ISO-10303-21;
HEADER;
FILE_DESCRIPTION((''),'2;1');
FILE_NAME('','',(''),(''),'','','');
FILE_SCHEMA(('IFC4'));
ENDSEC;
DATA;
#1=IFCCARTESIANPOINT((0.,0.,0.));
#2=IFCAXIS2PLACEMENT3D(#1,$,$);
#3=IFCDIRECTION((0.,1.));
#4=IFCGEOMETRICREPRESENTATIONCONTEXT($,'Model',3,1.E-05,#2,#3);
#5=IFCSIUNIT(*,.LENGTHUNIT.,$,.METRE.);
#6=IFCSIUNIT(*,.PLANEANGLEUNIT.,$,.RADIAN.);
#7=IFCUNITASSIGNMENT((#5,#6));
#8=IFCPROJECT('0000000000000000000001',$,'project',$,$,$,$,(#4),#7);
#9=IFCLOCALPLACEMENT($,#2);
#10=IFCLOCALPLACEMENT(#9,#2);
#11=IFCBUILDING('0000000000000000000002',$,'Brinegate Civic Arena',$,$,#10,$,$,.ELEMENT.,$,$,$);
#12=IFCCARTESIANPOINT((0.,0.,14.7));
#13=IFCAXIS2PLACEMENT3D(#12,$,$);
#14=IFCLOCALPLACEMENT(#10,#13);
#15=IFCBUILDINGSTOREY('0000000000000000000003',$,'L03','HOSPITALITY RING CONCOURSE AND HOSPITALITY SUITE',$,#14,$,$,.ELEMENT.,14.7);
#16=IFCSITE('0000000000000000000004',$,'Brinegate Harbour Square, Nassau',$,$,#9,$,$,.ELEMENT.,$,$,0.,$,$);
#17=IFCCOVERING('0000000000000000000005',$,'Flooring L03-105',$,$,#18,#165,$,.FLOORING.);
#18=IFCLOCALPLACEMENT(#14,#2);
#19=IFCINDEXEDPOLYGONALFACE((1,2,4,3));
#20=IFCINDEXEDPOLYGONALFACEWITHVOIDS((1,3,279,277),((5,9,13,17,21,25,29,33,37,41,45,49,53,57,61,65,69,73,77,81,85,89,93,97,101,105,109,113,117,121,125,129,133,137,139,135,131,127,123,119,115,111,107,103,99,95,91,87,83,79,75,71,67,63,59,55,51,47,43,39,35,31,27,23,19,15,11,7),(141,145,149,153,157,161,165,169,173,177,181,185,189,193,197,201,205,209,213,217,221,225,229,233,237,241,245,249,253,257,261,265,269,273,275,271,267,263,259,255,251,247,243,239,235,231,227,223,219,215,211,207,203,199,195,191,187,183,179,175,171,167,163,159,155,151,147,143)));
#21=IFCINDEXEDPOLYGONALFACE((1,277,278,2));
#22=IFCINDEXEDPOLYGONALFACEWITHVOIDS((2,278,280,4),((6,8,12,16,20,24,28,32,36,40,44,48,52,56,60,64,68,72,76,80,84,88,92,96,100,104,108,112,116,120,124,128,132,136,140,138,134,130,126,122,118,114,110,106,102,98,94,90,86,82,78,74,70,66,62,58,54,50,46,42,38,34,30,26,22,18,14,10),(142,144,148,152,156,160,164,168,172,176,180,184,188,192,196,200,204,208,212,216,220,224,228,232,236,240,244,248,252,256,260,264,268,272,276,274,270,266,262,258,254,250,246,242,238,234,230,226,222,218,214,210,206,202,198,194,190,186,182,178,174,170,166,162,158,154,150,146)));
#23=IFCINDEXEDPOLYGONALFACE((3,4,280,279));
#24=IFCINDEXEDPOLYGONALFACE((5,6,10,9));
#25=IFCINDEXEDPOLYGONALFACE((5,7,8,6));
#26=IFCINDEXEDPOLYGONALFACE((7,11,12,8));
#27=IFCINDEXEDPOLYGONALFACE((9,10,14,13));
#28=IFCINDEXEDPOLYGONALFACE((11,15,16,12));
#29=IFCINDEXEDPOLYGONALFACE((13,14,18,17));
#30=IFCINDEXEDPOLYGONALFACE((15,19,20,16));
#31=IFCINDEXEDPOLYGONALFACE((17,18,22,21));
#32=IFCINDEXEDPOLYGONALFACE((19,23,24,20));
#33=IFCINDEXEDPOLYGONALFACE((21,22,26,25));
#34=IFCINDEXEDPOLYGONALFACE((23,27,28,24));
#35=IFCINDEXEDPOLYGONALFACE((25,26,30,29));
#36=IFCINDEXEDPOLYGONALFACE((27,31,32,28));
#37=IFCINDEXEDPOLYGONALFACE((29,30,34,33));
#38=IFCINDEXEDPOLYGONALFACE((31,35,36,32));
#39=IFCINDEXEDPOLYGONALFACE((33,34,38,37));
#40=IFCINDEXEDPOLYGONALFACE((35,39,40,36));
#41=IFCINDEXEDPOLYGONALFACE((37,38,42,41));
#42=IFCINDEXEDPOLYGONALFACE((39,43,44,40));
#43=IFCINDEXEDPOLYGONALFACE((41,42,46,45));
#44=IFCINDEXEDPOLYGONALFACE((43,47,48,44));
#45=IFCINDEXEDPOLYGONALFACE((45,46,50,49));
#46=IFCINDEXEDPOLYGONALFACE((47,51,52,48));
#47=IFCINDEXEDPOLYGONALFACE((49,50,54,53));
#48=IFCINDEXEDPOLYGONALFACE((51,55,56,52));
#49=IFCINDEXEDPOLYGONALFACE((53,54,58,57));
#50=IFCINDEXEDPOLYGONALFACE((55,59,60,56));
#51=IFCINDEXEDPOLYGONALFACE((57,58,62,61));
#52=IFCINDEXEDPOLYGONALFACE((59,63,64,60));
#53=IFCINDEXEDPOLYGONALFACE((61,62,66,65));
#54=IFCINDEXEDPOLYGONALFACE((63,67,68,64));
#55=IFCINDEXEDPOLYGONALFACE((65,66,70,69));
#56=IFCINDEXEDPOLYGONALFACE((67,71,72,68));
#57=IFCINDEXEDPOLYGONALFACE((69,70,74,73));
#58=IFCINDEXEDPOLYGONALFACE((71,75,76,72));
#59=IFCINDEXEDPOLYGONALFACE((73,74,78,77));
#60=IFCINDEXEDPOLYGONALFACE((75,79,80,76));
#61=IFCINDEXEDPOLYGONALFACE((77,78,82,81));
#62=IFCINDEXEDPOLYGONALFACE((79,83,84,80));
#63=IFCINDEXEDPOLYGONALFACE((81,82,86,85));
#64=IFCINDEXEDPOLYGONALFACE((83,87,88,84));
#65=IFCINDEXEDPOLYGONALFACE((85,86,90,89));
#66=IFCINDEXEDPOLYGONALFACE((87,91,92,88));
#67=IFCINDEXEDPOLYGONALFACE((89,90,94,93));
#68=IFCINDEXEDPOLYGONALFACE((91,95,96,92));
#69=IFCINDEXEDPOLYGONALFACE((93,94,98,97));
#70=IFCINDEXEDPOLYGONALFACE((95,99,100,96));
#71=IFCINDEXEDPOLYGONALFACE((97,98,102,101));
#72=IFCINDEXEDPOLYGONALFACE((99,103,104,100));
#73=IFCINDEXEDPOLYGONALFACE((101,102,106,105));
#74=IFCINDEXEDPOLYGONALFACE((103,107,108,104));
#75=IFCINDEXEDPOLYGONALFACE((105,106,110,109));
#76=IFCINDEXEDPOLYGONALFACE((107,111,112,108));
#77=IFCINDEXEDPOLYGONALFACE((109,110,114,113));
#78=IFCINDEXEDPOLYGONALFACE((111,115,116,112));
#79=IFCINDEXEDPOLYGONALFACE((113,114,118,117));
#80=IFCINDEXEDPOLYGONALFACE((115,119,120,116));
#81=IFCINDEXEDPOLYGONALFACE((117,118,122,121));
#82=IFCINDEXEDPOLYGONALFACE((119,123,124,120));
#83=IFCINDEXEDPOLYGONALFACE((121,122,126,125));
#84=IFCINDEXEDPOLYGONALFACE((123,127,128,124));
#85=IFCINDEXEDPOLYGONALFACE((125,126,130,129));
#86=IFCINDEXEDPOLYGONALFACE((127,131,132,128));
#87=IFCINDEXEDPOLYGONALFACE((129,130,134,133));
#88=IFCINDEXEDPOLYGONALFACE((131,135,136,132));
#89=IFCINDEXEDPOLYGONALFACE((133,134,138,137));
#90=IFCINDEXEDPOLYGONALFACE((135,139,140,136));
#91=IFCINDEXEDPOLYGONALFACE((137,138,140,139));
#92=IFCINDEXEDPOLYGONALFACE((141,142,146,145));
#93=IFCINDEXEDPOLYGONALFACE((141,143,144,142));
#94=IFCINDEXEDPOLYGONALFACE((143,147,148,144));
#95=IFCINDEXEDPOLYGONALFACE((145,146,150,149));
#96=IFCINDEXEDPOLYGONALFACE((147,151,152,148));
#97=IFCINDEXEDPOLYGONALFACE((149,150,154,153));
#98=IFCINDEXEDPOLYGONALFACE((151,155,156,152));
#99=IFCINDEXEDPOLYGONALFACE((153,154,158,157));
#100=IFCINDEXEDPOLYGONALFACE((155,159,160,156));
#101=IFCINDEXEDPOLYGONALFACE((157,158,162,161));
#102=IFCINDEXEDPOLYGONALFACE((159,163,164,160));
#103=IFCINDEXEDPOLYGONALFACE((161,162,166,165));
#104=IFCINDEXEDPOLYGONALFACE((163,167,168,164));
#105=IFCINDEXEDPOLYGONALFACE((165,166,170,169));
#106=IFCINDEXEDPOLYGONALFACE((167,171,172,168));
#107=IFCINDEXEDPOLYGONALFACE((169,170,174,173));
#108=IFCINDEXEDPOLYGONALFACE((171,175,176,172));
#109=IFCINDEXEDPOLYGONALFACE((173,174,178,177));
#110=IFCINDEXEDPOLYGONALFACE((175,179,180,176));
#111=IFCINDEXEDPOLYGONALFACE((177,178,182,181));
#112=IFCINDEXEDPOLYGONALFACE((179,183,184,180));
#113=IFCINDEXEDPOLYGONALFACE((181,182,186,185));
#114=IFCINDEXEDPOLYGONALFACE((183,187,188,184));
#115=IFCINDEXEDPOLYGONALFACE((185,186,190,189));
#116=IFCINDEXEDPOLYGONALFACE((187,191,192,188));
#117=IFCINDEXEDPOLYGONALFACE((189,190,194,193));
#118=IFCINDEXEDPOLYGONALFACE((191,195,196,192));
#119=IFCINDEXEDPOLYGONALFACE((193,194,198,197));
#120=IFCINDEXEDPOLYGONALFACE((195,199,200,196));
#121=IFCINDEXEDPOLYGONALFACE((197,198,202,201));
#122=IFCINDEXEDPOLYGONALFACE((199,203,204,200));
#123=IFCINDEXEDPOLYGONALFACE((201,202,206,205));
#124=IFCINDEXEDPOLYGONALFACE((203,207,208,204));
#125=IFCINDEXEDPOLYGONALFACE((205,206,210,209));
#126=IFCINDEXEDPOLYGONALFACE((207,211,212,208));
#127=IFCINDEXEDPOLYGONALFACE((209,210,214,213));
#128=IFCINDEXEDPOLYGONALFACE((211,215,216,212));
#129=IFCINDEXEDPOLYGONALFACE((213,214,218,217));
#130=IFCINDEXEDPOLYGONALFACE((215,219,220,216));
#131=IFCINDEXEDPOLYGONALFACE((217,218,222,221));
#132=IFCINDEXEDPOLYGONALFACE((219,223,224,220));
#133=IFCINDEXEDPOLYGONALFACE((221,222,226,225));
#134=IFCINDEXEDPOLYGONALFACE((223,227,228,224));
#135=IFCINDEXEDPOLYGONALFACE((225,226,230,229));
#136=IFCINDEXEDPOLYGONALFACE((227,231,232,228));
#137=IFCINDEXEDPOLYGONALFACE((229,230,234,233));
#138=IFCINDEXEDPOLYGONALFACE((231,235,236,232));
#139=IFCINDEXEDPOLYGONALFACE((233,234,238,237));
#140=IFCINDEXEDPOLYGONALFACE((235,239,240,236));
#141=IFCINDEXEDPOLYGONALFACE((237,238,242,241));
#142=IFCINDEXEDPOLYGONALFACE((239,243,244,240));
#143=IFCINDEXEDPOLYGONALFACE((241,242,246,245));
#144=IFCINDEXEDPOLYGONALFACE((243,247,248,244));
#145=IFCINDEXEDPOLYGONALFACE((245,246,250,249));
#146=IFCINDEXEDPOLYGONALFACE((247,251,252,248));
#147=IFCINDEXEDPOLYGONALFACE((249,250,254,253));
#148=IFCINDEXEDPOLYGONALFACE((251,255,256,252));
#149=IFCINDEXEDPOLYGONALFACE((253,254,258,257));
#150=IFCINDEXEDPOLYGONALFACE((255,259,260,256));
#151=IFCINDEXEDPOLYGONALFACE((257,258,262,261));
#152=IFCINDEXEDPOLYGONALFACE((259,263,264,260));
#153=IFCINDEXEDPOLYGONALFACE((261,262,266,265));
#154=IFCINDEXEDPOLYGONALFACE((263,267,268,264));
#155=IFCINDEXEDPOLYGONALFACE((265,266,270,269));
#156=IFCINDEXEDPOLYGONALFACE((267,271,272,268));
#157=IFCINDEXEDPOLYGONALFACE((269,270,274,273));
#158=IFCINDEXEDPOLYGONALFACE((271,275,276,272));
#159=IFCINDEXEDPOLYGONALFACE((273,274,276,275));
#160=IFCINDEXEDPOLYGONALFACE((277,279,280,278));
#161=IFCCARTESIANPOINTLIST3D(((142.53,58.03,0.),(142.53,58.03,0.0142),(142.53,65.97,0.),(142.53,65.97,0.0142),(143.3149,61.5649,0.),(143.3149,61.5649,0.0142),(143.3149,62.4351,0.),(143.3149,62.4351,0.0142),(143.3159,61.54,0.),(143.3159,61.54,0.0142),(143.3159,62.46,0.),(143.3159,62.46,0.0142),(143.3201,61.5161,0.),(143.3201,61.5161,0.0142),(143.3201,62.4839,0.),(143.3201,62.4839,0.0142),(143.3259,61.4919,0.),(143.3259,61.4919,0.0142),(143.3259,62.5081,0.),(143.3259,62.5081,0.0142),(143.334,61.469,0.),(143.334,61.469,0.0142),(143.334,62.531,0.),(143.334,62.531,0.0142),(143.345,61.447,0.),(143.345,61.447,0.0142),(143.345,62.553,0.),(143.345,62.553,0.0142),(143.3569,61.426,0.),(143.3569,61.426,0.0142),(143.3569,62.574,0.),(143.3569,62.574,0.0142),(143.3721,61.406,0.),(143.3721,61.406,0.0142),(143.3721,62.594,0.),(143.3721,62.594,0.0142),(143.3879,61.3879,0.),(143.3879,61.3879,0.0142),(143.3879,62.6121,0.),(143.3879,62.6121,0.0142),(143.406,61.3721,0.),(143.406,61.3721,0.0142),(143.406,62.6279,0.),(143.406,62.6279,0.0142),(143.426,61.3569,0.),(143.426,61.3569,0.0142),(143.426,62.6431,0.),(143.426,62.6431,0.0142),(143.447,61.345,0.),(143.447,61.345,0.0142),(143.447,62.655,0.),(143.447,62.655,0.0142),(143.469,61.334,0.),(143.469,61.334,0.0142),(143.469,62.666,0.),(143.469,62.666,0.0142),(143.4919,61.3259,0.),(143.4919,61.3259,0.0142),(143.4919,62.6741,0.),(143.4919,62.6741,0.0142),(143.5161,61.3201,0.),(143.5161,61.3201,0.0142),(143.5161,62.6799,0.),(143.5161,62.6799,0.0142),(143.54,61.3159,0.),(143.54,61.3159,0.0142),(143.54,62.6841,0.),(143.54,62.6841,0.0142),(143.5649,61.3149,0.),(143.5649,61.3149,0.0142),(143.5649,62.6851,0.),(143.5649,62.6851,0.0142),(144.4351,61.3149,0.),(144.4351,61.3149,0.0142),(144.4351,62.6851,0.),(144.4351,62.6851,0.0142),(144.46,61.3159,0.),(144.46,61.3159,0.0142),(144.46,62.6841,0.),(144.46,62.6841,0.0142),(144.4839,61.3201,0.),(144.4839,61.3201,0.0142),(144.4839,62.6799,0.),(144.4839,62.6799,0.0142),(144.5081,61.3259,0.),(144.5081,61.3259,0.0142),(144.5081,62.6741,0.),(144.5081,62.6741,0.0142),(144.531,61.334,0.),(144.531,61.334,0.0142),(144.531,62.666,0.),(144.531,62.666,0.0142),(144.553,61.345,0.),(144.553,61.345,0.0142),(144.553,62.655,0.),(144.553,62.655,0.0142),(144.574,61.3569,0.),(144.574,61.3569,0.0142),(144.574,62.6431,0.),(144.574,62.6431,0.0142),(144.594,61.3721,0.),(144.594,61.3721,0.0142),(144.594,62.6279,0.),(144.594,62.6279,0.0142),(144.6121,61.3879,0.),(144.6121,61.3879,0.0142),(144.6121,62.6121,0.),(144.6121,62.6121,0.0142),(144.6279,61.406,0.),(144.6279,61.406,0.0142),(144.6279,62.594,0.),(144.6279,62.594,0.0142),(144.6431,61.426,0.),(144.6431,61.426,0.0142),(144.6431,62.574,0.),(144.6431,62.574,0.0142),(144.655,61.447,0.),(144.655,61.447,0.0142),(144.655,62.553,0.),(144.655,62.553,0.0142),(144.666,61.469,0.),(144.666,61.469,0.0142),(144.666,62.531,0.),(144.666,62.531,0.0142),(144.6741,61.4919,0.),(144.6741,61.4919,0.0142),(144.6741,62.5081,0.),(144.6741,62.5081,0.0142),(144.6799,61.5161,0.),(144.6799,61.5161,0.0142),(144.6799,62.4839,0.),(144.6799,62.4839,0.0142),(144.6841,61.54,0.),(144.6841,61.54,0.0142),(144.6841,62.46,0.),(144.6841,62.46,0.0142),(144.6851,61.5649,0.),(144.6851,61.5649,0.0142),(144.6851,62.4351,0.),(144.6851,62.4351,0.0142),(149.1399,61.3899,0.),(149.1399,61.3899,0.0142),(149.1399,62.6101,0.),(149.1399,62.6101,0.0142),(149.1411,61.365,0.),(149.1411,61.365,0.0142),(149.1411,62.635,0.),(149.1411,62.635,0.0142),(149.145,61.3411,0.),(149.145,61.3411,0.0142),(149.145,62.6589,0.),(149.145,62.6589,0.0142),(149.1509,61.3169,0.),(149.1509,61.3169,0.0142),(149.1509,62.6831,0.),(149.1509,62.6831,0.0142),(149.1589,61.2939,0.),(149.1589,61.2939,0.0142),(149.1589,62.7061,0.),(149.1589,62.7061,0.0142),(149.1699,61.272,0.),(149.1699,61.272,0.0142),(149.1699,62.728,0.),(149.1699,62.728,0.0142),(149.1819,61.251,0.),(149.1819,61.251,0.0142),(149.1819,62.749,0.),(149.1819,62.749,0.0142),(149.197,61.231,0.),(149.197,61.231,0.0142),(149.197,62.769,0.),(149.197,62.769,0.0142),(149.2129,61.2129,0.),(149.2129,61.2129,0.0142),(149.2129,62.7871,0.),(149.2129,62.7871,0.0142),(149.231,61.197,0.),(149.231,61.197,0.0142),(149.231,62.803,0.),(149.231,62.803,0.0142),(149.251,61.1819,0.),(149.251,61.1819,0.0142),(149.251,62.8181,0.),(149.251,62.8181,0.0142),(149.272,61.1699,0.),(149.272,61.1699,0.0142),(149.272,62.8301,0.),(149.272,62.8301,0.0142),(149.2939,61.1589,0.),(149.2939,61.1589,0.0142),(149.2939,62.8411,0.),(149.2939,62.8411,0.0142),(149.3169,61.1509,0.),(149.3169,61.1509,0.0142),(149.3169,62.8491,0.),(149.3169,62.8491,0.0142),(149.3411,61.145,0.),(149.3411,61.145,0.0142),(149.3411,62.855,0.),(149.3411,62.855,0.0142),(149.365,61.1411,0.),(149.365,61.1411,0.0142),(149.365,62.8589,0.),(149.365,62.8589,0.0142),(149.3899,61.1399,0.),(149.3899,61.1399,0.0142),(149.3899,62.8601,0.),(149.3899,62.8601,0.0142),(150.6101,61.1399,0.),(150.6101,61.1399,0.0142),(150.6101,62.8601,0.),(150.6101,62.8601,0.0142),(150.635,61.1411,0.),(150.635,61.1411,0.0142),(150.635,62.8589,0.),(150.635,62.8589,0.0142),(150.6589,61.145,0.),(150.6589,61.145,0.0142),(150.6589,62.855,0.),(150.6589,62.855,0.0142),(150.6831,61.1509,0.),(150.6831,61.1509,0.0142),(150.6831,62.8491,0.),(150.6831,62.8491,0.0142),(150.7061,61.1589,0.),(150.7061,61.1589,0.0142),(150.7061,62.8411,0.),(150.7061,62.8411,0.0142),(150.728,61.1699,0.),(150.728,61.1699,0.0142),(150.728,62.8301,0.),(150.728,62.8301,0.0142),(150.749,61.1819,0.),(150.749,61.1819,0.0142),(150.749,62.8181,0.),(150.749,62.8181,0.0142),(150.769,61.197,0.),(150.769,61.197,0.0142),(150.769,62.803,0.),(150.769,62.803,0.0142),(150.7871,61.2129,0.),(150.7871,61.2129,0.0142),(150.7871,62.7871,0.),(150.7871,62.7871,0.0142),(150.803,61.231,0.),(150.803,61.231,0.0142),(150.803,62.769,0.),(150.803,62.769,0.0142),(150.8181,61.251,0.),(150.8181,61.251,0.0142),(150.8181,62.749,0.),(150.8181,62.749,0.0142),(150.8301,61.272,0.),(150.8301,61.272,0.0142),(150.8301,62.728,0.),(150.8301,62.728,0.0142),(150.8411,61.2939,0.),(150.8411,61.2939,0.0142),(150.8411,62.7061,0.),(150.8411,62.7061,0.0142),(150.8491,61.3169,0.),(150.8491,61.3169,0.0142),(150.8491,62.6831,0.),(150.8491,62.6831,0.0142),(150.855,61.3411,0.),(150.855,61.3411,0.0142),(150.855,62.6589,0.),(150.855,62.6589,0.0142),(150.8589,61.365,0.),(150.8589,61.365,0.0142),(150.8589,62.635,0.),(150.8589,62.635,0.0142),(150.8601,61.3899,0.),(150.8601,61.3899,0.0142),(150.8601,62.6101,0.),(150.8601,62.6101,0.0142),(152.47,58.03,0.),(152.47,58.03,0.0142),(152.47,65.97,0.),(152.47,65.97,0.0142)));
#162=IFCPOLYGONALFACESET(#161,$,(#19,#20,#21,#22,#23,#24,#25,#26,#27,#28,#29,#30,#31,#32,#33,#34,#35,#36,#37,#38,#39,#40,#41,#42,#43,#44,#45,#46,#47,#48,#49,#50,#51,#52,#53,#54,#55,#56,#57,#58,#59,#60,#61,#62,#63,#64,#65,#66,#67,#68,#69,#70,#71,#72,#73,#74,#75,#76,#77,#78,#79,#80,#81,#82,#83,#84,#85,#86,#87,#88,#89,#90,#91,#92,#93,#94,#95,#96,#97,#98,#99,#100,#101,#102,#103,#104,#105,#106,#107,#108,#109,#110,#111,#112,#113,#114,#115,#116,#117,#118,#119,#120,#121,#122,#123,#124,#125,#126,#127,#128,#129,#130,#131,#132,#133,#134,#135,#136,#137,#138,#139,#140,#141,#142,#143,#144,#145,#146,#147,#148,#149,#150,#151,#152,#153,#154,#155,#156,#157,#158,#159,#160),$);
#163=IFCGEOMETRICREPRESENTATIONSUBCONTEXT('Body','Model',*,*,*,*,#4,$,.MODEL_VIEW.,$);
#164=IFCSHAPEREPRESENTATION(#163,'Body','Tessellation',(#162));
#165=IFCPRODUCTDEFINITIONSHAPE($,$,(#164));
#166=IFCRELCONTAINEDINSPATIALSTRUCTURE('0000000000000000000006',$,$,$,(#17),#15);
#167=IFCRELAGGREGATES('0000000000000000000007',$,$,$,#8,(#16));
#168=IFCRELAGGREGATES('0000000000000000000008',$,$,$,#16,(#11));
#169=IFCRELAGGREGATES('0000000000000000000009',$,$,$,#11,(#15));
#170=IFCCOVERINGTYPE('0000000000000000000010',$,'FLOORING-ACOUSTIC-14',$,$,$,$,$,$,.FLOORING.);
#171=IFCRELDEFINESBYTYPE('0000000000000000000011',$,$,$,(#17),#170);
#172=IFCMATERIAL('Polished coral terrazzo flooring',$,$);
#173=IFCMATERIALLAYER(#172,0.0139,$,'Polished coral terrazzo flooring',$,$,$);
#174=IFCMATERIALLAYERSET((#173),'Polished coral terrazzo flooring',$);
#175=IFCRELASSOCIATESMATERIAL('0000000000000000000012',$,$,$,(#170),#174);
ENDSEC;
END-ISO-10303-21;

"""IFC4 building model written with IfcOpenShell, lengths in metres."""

from ifc_helpers import new_model, si_unit, direction, frame, origin, place, context, subcontext, project, spatial, polyline, outline, extrude, material, layer, layer_set, type_object, element, save


model = new_model("IFC4")

# Units and contexts
model_context = context("Model", 3, precision=1e-05, world=origin(), true_north=direction((0.0, 1.0)))
body_context = subcontext(model_context, "Body", "Model", "MODEL_VIEW")
ifc_project = project(units=[si_unit("LENGTHUNIT", "METRE"), si_unit("PLANEANGLEUNIT", "RADIAN")], contexts=[model_context])

# Site, building, storey
site_placement = place(None, origin())
site = spatial("IfcSite", under=ifc_project, at=site_placement, Name="Brinegate Harbour Square, Nassau", CompositionType="ELEMENT", RefElevation=0.0)
building_placement = place(site_placement, origin())
building = spatial("IfcBuilding", under=site, at=building_placement, Name="Brinegate Civic Arena", CompositionType="ELEMENT")
storey_placement = place(building_placement, frame((0.0, 0.0, 14.7)))
storey = spatial("IfcBuildingStorey", under=building, at=storey_placement, Name="L03", Description="HOSPITALITY RING CONCOURSE AND HOSPITALITY SUITE", CompositionType="ELEMENT", Elevation=14.7)

# Covering
ifc_material_1 = material(Name="Polished coral terrazzo flooring")
ifc_layer_1 = layer(ifc_material_1, 0.0139, Name="Polished coral terrazzo flooring")
ifc_layer_set_1 = layer_set([ifc_layer_1], Name="Polished coral terrazzo flooring")
covering_type_1 = type_object("IfcCoveringType", Name="FLOORING-ACOUSTIC-14", PredefinedType="FLOORING", material=ifc_layer_set_1)
covering_1_placement = place(storey_placement, origin())
element("IfcCovering", 1, at=covering_1_placement, inside=storey, type_object=covering_type_1, Name="Flooring L03-105", PredefinedType="FLOORING", context=body_context, shape_type="SweptSolid", body=[
    extrude(outline(polyline([(142.53, 58.03), (142.53, 65.97), (152.47, 65.97), (152.47, 58.03), (142.53, 58.03)]), holes=[polyline([(149.3899, 62.8601), (149.365, 62.8589), (149.3411, 62.855), (149.3169, 62.8491), (149.2939, 62.8411), (149.272, 62.8301), (149.251, 62.8181), (149.231, 62.803), (149.2129, 62.7871), (149.197, 62.769), (149.1819, 62.749), (149.1699, 62.728), (149.1589, 62.7061), (149.1509, 62.6831), (149.145, 62.6589), (149.1411, 62.635), (149.1399, 62.6101), (149.1399, 61.3899), (149.1411, 61.365), (149.145, 61.3411), (149.1509, 61.3169), (149.1589, 61.2939), (149.1699, 61.272), (149.1819, 61.251), (149.197, 61.231), (149.2129, 61.2129), (149.231, 61.197), (149.251, 61.1819), (149.272, 61.1699), (149.2939, 61.1589), (149.3169, 61.1509), (149.3411, 61.145), (149.365, 61.1411), (149.3899, 61.1399), (150.6101, 61.1399), (150.635, 61.1411), (150.6589, 61.145), (150.6831, 61.1509), (150.7061, 61.1589), (150.728, 61.1699), (150.749, 61.1819), (150.769, 61.197), (150.7871, 61.2129), (150.803, 61.231), (150.8181, 61.251), (150.8301, 61.272), (150.8411, 61.2939), (150.8491, 61.3169), (150.855, 61.3411), (150.8589, 61.365), (150.8601, 61.3899), (150.8601, 62.6101), (150.8589, 62.635), (150.855, 62.6589), (150.8491, 62.6831), (150.8411, 62.7061), (150.8301, 62.728), (150.8181, 62.749), (150.803, 62.769), (150.7871, 62.7871), (150.769, 62.803), (150.749, 62.8181), (150.728, 62.8301), (150.7061, 62.8411), (150.6831, 62.8491), (150.6589, 62.855), (150.635, 62.8589), (150.6101, 62.8601), (149.3899, 62.8601)]), polyline([(143.5649, 62.6851), (143.54, 62.6841), (143.5161, 62.6799), (143.4919, 62.6741), (143.469, 62.666), (143.447, 62.655), (143.426, 62.6431), (143.406, 62.6279), (143.3879, 62.6121), (143.3721, 62.594), (143.3569, 62.574), (143.345, 62.553), (143.334, 62.531), (143.3259, 62.5081), (143.3201, 62.4839), (143.3159, 62.46), (143.3149, 62.4351), (143.3149, 61.5649), (143.3159, 61.54), (143.3201, 61.5161), (143.3259, 61.4919), (143.334, 61.469), (143.345, 61.447), (143.3569, 61.426), (143.3721, 61.406), (143.3879, 61.3879), (143.406, 61.3721), (143.426, 61.3569), (143.447, 61.345), (143.469, 61.334), (143.4919, 61.3259), (143.5161, 61.3201), (143.54, 61.3159), (143.5649, 61.3149), (144.4351, 61.3149), (144.46, 61.3159), (144.4839, 61.3201), (144.5081, 61.3259), (144.531, 61.334), (144.553, 61.345), (144.574, 61.3569), (144.594, 61.3721), (144.6121, 61.3879), (144.6279, 61.406), (144.6431, 61.426), (144.655, 61.447), (144.666, 61.469), (144.6741, 61.4919), (144.6799, 61.5161), (144.6841, 61.54), (144.6851, 61.5649), (144.6851, 62.4351), (144.6841, 62.46), (144.6799, 62.4839), (144.6741, 62.5081), (144.666, 62.531), (144.655, 62.553), (144.6431, 62.574), (144.6279, 62.594), (144.6121, 62.6121), (144.594, 62.6279), (144.574, 62.6431), (144.553, 62.655), (144.531, 62.666), (144.5081, 62.6741), (144.4839, 62.6799), (144.46, 62.6841), (144.4351, 62.6851), (143.5649, 62.6851)])]), origin(), (0.0, 0.0, 1.0), 0.0142),
])

save(model, "model.ifc")
